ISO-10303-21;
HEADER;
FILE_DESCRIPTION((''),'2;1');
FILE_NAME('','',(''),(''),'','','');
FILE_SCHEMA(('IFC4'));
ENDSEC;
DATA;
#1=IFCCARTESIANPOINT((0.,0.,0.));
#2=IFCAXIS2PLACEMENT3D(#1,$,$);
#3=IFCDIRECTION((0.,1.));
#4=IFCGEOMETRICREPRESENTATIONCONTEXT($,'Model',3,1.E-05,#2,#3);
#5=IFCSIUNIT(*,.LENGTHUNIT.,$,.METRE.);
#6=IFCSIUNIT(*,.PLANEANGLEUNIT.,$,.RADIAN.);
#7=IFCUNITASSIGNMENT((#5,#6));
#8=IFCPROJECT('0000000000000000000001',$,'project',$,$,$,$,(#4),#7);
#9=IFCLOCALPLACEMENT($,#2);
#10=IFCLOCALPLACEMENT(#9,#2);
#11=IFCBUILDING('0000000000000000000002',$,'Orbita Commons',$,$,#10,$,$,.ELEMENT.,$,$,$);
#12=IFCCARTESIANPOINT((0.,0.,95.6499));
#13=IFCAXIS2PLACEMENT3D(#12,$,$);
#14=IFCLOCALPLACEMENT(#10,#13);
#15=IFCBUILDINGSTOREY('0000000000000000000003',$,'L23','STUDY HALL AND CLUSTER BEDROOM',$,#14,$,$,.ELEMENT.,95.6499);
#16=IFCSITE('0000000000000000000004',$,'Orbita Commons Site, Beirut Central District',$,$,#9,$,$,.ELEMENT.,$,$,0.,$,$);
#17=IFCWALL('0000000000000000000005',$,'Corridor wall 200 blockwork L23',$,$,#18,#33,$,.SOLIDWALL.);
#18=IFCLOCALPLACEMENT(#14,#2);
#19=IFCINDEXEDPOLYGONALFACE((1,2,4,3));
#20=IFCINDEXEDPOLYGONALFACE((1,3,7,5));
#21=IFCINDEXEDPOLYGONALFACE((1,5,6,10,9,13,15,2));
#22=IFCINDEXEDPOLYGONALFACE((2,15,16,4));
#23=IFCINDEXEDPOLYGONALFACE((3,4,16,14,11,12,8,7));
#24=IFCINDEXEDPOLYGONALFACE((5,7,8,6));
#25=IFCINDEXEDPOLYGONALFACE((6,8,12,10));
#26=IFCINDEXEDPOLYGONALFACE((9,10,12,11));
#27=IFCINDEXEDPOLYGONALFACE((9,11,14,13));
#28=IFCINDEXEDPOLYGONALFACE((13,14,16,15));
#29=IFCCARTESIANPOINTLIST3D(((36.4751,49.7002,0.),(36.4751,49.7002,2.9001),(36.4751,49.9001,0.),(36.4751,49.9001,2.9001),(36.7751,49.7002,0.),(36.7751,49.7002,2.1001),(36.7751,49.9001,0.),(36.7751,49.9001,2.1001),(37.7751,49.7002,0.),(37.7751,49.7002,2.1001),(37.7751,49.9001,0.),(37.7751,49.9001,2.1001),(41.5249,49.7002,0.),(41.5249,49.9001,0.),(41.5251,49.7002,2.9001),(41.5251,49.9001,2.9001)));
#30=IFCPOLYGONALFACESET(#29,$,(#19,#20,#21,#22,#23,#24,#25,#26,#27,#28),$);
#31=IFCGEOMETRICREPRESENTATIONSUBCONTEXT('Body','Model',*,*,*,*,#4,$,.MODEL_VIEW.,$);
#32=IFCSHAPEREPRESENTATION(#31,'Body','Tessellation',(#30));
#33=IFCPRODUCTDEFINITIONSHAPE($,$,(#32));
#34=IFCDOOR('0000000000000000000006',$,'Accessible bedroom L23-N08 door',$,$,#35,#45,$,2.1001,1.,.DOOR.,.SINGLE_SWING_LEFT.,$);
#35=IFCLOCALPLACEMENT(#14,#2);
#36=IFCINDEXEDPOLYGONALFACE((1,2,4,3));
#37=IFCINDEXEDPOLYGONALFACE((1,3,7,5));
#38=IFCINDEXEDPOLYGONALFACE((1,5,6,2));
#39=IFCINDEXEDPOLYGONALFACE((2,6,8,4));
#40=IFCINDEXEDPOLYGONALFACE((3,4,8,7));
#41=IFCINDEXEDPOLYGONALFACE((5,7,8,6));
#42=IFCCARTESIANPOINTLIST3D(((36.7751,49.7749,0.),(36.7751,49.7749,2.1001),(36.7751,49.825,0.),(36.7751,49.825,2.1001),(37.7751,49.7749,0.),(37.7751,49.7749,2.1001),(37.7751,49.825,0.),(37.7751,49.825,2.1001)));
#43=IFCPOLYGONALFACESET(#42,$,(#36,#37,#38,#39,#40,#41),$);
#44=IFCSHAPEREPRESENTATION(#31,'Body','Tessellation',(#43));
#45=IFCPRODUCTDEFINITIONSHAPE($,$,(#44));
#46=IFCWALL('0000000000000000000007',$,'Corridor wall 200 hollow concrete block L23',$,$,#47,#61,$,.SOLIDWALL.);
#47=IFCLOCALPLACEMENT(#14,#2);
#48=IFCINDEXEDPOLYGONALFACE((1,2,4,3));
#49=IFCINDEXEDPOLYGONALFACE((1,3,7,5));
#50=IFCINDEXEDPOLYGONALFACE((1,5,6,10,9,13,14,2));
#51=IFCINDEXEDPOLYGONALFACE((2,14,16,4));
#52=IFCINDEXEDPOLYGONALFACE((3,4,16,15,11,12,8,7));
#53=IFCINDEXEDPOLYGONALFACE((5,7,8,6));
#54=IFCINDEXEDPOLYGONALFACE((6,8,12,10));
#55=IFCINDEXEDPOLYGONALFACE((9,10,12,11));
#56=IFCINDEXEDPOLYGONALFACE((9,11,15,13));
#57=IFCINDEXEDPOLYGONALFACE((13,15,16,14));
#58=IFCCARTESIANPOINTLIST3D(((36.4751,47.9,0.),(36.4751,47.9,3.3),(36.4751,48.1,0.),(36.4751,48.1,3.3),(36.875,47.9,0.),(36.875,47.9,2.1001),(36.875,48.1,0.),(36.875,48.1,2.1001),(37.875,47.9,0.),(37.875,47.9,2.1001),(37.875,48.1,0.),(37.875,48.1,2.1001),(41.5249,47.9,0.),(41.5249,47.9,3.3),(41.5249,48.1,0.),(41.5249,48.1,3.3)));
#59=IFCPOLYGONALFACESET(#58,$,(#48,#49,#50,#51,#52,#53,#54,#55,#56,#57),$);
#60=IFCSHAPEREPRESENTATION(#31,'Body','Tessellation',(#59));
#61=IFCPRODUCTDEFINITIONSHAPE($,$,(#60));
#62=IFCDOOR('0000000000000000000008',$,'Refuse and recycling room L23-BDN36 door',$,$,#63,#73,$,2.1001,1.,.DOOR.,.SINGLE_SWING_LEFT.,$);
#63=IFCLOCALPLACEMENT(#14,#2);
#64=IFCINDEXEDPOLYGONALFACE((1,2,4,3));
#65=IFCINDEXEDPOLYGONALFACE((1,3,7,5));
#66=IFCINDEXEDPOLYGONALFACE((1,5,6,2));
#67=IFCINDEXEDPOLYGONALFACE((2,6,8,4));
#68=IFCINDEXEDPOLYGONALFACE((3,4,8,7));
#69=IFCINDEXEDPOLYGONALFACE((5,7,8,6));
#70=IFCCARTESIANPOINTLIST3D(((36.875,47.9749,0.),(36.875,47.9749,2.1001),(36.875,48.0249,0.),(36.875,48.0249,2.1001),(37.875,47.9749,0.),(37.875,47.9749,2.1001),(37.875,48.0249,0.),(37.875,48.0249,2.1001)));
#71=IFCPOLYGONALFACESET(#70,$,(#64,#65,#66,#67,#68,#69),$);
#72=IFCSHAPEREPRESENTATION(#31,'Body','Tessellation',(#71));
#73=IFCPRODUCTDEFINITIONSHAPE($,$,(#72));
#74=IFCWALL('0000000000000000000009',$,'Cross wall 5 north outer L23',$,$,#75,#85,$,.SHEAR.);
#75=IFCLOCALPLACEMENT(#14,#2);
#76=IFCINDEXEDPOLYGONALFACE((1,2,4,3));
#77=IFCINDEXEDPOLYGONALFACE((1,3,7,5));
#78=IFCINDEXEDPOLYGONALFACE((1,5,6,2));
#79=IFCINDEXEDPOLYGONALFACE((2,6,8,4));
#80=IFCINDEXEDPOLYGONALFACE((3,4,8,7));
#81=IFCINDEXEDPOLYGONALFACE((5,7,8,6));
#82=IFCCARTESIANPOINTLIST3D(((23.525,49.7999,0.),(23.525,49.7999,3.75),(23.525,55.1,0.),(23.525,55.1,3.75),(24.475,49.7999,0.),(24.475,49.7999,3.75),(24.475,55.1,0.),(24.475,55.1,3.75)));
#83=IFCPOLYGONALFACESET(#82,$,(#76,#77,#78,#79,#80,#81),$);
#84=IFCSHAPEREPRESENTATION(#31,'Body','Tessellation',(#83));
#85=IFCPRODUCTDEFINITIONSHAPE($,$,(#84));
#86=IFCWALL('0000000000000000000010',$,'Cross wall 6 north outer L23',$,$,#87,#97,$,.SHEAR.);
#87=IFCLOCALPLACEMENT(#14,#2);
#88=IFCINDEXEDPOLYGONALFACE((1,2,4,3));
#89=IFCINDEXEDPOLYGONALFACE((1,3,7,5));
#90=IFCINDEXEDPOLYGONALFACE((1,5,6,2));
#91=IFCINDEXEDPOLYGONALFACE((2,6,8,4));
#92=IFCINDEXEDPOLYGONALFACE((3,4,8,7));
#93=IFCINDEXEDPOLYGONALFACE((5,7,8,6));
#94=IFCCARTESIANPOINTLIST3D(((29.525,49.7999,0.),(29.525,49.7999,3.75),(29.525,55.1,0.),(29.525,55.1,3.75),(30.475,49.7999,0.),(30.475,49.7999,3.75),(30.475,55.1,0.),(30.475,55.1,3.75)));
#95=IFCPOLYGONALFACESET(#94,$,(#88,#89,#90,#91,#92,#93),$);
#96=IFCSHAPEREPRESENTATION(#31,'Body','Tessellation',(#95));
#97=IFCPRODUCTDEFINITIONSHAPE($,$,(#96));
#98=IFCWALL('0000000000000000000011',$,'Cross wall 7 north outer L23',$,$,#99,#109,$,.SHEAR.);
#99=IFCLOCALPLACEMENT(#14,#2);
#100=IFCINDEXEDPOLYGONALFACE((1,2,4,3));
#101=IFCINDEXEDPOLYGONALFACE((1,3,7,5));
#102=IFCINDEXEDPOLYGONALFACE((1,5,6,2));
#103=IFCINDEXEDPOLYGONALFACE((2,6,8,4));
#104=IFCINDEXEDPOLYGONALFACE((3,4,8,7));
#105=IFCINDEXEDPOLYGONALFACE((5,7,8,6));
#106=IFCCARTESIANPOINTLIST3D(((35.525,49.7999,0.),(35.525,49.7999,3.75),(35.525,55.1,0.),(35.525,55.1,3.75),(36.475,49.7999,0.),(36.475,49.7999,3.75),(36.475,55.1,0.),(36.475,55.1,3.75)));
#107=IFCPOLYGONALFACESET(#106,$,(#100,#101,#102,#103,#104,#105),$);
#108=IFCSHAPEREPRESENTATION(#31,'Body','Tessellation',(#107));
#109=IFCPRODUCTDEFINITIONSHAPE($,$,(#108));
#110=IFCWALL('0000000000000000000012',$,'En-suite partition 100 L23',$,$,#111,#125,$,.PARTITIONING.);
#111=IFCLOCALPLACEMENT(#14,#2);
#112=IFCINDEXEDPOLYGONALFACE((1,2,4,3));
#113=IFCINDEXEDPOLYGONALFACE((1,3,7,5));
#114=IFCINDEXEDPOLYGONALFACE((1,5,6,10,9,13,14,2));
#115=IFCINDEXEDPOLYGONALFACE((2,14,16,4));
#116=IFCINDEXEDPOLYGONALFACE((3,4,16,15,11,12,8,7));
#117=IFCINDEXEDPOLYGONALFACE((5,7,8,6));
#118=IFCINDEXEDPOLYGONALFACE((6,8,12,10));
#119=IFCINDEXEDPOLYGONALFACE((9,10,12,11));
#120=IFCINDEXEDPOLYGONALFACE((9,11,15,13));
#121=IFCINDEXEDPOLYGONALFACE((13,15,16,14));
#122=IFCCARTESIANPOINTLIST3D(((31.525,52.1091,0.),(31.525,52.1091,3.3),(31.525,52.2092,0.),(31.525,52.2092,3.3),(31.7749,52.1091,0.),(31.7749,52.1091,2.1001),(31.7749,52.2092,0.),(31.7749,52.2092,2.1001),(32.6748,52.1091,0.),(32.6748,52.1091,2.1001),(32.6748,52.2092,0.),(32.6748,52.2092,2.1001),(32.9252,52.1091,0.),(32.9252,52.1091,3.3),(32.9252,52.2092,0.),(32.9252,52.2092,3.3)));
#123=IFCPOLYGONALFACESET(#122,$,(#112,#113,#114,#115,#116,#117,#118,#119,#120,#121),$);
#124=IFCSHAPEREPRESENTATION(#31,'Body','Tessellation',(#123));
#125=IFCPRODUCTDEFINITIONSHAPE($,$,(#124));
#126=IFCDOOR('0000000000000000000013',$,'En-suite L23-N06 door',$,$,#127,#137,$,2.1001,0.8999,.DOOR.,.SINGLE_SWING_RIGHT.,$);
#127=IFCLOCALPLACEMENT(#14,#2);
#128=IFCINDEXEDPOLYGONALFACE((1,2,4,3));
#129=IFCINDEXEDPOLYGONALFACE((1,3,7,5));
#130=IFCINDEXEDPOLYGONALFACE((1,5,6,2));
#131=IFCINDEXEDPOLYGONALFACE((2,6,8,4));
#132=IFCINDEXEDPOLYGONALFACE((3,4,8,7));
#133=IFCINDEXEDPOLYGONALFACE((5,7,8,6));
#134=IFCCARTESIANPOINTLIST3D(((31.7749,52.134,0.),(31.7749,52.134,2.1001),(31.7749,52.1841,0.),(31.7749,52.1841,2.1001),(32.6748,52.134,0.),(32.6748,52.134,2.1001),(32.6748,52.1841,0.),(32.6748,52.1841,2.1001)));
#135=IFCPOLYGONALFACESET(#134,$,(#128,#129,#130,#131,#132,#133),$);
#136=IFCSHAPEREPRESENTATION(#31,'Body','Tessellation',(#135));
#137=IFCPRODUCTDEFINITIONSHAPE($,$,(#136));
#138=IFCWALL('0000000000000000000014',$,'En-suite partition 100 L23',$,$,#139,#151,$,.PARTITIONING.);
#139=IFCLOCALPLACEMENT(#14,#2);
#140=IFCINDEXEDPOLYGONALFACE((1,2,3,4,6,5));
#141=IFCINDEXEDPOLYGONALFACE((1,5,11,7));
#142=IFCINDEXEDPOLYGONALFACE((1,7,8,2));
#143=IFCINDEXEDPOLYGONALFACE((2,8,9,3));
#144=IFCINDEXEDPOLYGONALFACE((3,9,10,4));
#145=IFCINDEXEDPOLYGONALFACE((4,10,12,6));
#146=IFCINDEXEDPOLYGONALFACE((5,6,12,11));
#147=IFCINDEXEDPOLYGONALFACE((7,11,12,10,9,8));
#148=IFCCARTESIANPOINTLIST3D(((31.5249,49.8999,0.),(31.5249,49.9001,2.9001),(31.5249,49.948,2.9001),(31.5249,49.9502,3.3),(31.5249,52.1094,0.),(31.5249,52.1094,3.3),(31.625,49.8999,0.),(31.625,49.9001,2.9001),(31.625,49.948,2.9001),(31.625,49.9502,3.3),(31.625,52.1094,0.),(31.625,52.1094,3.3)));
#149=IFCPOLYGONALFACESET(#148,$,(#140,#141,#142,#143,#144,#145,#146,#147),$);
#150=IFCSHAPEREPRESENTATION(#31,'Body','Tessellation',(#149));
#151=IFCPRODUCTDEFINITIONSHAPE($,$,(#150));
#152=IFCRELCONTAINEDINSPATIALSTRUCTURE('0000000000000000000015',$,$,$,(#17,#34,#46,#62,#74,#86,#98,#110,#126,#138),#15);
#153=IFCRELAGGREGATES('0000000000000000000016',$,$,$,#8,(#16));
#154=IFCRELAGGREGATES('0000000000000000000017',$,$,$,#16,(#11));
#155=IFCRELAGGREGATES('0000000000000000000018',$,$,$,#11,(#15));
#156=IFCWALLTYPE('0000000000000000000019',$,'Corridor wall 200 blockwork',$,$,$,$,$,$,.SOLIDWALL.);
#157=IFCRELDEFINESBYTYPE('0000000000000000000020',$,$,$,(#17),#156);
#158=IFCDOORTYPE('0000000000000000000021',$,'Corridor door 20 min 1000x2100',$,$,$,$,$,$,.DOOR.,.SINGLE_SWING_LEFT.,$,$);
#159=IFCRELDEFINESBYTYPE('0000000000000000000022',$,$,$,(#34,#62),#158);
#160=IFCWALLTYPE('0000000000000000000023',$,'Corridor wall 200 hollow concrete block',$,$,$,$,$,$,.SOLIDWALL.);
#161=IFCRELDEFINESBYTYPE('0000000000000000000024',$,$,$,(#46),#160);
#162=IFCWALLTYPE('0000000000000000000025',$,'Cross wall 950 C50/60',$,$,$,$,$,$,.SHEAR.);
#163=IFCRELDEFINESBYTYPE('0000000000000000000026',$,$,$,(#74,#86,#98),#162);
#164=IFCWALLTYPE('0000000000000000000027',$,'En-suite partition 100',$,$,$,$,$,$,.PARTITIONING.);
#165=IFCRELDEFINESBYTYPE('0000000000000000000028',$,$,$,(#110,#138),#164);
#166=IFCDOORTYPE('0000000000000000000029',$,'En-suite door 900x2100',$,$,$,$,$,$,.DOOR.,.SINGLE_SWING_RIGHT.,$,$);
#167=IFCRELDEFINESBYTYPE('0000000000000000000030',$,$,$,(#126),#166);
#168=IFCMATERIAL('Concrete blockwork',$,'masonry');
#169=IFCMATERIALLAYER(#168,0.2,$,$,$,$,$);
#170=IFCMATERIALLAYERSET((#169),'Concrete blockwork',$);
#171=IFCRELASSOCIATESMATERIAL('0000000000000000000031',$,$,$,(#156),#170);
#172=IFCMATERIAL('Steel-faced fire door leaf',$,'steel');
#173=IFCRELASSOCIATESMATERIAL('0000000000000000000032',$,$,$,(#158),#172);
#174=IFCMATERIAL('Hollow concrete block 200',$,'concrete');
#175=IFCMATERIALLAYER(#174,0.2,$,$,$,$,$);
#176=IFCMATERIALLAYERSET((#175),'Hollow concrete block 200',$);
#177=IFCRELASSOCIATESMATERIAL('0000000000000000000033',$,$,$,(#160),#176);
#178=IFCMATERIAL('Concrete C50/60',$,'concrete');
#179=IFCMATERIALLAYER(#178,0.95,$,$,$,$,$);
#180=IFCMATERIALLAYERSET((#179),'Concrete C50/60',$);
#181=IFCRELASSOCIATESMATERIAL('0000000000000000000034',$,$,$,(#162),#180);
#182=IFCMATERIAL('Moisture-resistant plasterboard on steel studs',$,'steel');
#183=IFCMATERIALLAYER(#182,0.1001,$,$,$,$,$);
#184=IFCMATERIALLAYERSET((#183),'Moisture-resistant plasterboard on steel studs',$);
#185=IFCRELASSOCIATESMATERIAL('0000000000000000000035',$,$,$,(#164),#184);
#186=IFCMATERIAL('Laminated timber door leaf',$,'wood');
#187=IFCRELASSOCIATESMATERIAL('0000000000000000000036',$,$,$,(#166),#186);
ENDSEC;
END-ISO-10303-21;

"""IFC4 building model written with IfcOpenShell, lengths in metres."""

from ifc_helpers import new_model, si_unit, direction, frame, frame_2d, origin, place, context, subcontext, project, spatial, polyline, rectangle, outline, extrude, material, layer, layer_set, type_object, element, fill, save


model = new_model("IFC4")

# Units and contexts
model_context = context("Model", 3, precision=1e-05, world=origin(), true_north=direction((0.0, 1.0)))
body_context = subcontext(model_context, "Body", "Model", "MODEL_VIEW")
ifc_project = project(units=[si_unit("LENGTHUNIT", "METRE"), si_unit("PLANEANGLEUNIT", "RADIAN")], contexts=[model_context])

# Site, building, storey
site_placement = place(None, origin())
site = spatial("IfcSite", under=ifc_project, at=site_placement, Name="Orbita Commons Site, Beirut Central District", CompositionType="ELEMENT", RefElevation=0.0)
building_placement = place(site_placement, origin())
building = spatial("IfcBuilding", under=site, at=building_placement, Name="Orbita Commons", CompositionType="ELEMENT")
storey_placement = place(building_placement, frame((0.0, 0.0, 95.6499)))
storey = spatial("IfcBuildingStorey", under=building, at=storey_placement, Name="L23", Description="STUDY HALL AND CLUSTER BEDROOM", CompositionType="ELEMENT", Elevation=95.6499)

# Shared definitions
ifc_material_1 = material(Name="Concrete blockwork", Category="masonry")
ifc_layer_1 = layer(ifc_material_1, 0.2)
ifc_layer_set_1 = layer_set([ifc_layer_1], Name="Concrete blockwork")
wall_type_1 = type_object("IfcWallType", Name="Corridor wall 200 blockwork", PredefinedType="SOLIDWALL", material=ifc_layer_set_1)
ifc_material_2 = material(Name="Steel-faced fire door leaf", Category="steel")
door_type_1 = type_object("IfcDoorType", Name="Corridor door 20 min 1000x2100", OperationType="SINGLE_SWING_LEFT", PredefinedType="DOOR", material=ifc_material_2)

# Walls, openings, doors
wall_1_placement = place(storey_placement, frame((36.4751, 49.8, 0.0), z_axis=(0.0, 0.0, 1.0), x_axis=(1.0, 0.0, 0.0)))
wall_1 = element("IfcWall", 1, at=wall_1_placement, inside=storey, type_object=wall_type_1, Name="Corridor wall 200 blockwork L23", PredefinedType="SOLIDWALL", context=body_context, shape_type="SweptSolid", body=[
    extrude(outline(polyline([(0.0, 0.0), (5.0498, 0.0), (5.05, 2.9001), (0.0, 2.9001), (0.0, 0.0)])), frame((0.0, 0.1001, 0.0), z_axis=(0.0, -1.0, 0.0), x_axis=(1.0, 0.0, 0.0)), (0.0, 0.0, 1.0), 0.2),
])
opening_1_placement = place(wall_1_placement, frame((0.3, 0.0, 0.0)))
opening_1 = element("IfcOpeningElement", 2, at=opening_1_placement, cuts=wall_1, PredefinedType="OPENING", context=body_context, shape_type="SweptSolid", body=[
    extrude(rectangle(XDim=1.0, YDim=2.1001, at=frame_2d((0.5, 1.05))), frame((0.0, 0.1099, 0.0), z_axis=(0.0, -1.0, 0.0), x_axis=(1.0, 0.0, 0.0)), (0.0, 0.0, 1.0), 0.22),
])
door_1_placement = place(opening_1_placement, origin())
door_1 = element("IfcDoor", 3, at=door_1_placement, inside=storey, type_object=door_type_1, Name="Accessible bedroom L23-N08 door", OperationType="SINGLE_SWING_LEFT", OverallHeight=2.1001, OverallWidth=1.0, PredefinedType="DOOR", context=body_context, shape_type="SweptSolid", body=[
    extrude(rectangle(XDim=1.0, YDim=2.1001, at=frame_2d((0.5, 1.05))), frame((0.0, 0.0249, 0.0), z_axis=(0.0, -1.0, 0.0), x_axis=(1.0, 0.0, 0.0)), (0.0, 0.0, 1.0), 0.05),
])
fill(opening_1, door_1)
ifc_material_3 = material(Name="Hollow concrete block 200", Category="concrete")
ifc_layer_2 = layer(ifc_material_3, 0.2)
ifc_layer_set_2 = layer_set([ifc_layer_2], Name="Hollow concrete block 200")
wall_type_2 = type_object("IfcWallType", Name="Corridor wall 200 hollow concrete block", PredefinedType="SOLIDWALL", material=ifc_layer_set_2)
wall_2_placement = place(storey_placement, frame((36.4751, 48.0, 0.0), z_axis=(0.0, 0.0, 1.0), x_axis=(1.0, 0.0, 0.0)))
wall_2 = element("IfcWall", 4, at=wall_2_placement, inside=storey, type_object=wall_type_2, Name="Corridor wall 200 hollow concrete block L23", PredefinedType="SOLIDWALL", context=body_context, shape_type="SweptSolid", body=[
    extrude(rectangle(XDim=5.0498, YDim=0.2, at=frame_2d((2.5249, 0.0))), origin(), (0.0, 0.0, 1.0), 3.3),
])
opening_2_placement = place(wall_2_placement, frame((0.3999, 0.0, 0.0)))
opening_2 = element("IfcOpeningElement", 5, at=opening_2_placement, cuts=wall_2, PredefinedType="OPENING", context=body_context, shape_type="SweptSolid", body=[
    extrude(rectangle(XDim=1.0, YDim=2.1001, at=frame_2d((0.5, 1.05))), frame((0.0, 0.1099, 0.0), z_axis=(0.0, -1.0, 0.0), x_axis=(1.0, 0.0, 0.0)), (0.0, 0.0, 1.0), 0.22),
])
door_2_placement = place(opening_2_placement, origin())
door_2 = element("IfcDoor", 6, at=door_2_placement, inside=storey, type_object=door_type_1, Name="Refuse and recycling room L23-BDN36 door", OperationType="SINGLE_SWING_LEFT", OverallHeight=2.1001, OverallWidth=1.0, PredefinedType="DOOR", context=body_context, shape_type="SweptSolid", body=[
    extrude(rectangle(XDim=1.0, YDim=2.1001, at=frame_2d((0.5, 1.05))), frame((0.0, 0.0249, 0.0), z_axis=(0.0, -1.0, 0.0), x_axis=(1.0, 0.0, 0.0)), (0.0, 0.0, 1.0), 0.05),
])
fill(opening_2, door_2)

# Walls
ifc_material_4 = material(Name="Concrete C50/60", Category="concrete")
ifc_layer_3 = layer(ifc_material_4, 0.95)
ifc_layer_set_3 = layer_set([ifc_layer_3], Name="Concrete C50/60")
wall_type_3 = type_object("IfcWallType", Name="Cross wall 950 C50/60", PredefinedType="SHEAR", material=ifc_layer_set_3)
for number, where, z_axis, x_axis, name in (
    (7, (24.0, 49.8, 0.0), (0.0, 0.0, 1.0), (0.0, 1.0, 0.0), "Cross wall 5 north outer L23"),
    (8, (30.0, 49.8, 0.0), (0.0, 0.0, 1.0), (0.0, 1.0, 0.0), "Cross wall 6 north outer L23"),
    (9, (36.0, 49.8, 0.0), (0.0, 0.0, 1.0), (0.0, 1.0, 0.0), "Cross wall 7 north outer L23"),
):
    element("IfcWall", number, at=place(storey_placement, frame(where, z_axis=z_axis, x_axis=x_axis)), inside=storey, type_object=wall_type_3, Name=name, PredefinedType="SHEAR", context=body_context, shape_type="SweptSolid", body=[
        extrude(rectangle(XDim=5.3, YDim=0.95, at=frame_2d((2.6499, 0.0))), origin(), (0.0, 0.0, 1.0), 3.75),
    ])

# Wall, opening, door
ifc_material_5 = material(Name="Moisture-resistant plasterboard on steel studs", Category="steel")
ifc_layer_4 = layer(ifc_material_5, 0.1001)
ifc_layer_set_4 = layer_set([ifc_layer_4], Name="Moisture-resistant plasterboard on steel studs")
wall_type_4 = type_object("IfcWallType", Name="En-suite partition 100", PredefinedType="PARTITIONING", material=ifc_layer_set_4)
wall_3_placement = place(storey_placement, frame((31.5249, 52.1592, 0.0), z_axis=(0.0, 0.0, 1.0), x_axis=(1.0, 0.0, 0.0)))
wall_3 = element("IfcWall", 10, at=wall_3_placement, inside=storey, type_object=wall_type_4, Name="En-suite partition 100 L23", PredefinedType="PARTITIONING", context=body_context, shape_type="SweptSolid", body=[
    extrude(rectangle(XDim=1.4001, YDim=0.1001, at=frame_2d((0.7002, 0.0))), origin(), (0.0, 0.0, 1.0), 3.3),
])
opening_3_placement = place(wall_3_placement, frame((0.25, 0.0, 0.0)))
opening_3 = element("IfcOpeningElement", 11, at=opening_3_placement, cuts=wall_3, PredefinedType="OPENING", context=body_context, shape_type="SweptSolid", body=[
    extrude(rectangle(XDim=0.8999, YDim=2.1001, at=frame_2d((0.45, 1.05))), frame((0.0, 0.0601, 0.0), z_axis=(0.0, -1.0, 0.0), x_axis=(1.0, 0.0, 0.0)), (0.0, 0.0, 1.0), 0.1201),
])
ifc_material_6 = material(Name="Laminated timber door leaf", Category="wood")
door_type_2 = type_object("IfcDoorType", Name="En-suite door 900x2100", OperationType="SINGLE_SWING_RIGHT", PredefinedType="DOOR", material=ifc_material_6)
door_3_placement = place(opening_3_placement, origin())
door_3 = element("IfcDoor", 12, at=door_3_placement, inside=storey, type_object=door_type_2, Name="En-suite L23-N06 door", OperationType="SINGLE_SWING_RIGHT", OverallHeight=2.1001, OverallWidth=0.8999, PredefinedType="DOOR", context=body_context, shape_type="SweptSolid", body=[
    extrude(rectangle(XDim=0.8999, YDim=2.1001, at=frame_2d((0.45, 1.05))), frame((0.0, 0.0249, 0.0), z_axis=(0.0, -1.0, 0.0), x_axis=(1.0, 0.0, 0.0)), (0.0, 0.0, 1.0), 0.05),
])
fill(opening_3, door_3)

# Wall
wall_4_placement = place(storey_placement, frame((31.575, 52.1094, 0.0), z_axis=(0.0, 0.0, 1.0), x_axis=(0.0, -1.0, 0.0)))
element("IfcWall", 13, at=wall_4_placement, inside=storey, type_object=wall_type_4, Name="En-suite partition 100 L23", PredefinedType="PARTITIONING", context=body_context, shape_type="SweptSolid", body=[
    extrude(outline(polyline([(0.0, 0.0), (2.2095, 0.0), (2.2092, 2.9001), (2.1614, 2.9001), (2.1592, 3.3), (0.0, 3.3), (0.0, 0.0)])), frame((0.0, 0.05, 0.0), z_axis=(0.0, -1.0, 0.0), x_axis=(1.0, 0.0, 0.0)), (0.0, 0.0, 1.0), 0.1001),
])

save(model, "model.ifc")
